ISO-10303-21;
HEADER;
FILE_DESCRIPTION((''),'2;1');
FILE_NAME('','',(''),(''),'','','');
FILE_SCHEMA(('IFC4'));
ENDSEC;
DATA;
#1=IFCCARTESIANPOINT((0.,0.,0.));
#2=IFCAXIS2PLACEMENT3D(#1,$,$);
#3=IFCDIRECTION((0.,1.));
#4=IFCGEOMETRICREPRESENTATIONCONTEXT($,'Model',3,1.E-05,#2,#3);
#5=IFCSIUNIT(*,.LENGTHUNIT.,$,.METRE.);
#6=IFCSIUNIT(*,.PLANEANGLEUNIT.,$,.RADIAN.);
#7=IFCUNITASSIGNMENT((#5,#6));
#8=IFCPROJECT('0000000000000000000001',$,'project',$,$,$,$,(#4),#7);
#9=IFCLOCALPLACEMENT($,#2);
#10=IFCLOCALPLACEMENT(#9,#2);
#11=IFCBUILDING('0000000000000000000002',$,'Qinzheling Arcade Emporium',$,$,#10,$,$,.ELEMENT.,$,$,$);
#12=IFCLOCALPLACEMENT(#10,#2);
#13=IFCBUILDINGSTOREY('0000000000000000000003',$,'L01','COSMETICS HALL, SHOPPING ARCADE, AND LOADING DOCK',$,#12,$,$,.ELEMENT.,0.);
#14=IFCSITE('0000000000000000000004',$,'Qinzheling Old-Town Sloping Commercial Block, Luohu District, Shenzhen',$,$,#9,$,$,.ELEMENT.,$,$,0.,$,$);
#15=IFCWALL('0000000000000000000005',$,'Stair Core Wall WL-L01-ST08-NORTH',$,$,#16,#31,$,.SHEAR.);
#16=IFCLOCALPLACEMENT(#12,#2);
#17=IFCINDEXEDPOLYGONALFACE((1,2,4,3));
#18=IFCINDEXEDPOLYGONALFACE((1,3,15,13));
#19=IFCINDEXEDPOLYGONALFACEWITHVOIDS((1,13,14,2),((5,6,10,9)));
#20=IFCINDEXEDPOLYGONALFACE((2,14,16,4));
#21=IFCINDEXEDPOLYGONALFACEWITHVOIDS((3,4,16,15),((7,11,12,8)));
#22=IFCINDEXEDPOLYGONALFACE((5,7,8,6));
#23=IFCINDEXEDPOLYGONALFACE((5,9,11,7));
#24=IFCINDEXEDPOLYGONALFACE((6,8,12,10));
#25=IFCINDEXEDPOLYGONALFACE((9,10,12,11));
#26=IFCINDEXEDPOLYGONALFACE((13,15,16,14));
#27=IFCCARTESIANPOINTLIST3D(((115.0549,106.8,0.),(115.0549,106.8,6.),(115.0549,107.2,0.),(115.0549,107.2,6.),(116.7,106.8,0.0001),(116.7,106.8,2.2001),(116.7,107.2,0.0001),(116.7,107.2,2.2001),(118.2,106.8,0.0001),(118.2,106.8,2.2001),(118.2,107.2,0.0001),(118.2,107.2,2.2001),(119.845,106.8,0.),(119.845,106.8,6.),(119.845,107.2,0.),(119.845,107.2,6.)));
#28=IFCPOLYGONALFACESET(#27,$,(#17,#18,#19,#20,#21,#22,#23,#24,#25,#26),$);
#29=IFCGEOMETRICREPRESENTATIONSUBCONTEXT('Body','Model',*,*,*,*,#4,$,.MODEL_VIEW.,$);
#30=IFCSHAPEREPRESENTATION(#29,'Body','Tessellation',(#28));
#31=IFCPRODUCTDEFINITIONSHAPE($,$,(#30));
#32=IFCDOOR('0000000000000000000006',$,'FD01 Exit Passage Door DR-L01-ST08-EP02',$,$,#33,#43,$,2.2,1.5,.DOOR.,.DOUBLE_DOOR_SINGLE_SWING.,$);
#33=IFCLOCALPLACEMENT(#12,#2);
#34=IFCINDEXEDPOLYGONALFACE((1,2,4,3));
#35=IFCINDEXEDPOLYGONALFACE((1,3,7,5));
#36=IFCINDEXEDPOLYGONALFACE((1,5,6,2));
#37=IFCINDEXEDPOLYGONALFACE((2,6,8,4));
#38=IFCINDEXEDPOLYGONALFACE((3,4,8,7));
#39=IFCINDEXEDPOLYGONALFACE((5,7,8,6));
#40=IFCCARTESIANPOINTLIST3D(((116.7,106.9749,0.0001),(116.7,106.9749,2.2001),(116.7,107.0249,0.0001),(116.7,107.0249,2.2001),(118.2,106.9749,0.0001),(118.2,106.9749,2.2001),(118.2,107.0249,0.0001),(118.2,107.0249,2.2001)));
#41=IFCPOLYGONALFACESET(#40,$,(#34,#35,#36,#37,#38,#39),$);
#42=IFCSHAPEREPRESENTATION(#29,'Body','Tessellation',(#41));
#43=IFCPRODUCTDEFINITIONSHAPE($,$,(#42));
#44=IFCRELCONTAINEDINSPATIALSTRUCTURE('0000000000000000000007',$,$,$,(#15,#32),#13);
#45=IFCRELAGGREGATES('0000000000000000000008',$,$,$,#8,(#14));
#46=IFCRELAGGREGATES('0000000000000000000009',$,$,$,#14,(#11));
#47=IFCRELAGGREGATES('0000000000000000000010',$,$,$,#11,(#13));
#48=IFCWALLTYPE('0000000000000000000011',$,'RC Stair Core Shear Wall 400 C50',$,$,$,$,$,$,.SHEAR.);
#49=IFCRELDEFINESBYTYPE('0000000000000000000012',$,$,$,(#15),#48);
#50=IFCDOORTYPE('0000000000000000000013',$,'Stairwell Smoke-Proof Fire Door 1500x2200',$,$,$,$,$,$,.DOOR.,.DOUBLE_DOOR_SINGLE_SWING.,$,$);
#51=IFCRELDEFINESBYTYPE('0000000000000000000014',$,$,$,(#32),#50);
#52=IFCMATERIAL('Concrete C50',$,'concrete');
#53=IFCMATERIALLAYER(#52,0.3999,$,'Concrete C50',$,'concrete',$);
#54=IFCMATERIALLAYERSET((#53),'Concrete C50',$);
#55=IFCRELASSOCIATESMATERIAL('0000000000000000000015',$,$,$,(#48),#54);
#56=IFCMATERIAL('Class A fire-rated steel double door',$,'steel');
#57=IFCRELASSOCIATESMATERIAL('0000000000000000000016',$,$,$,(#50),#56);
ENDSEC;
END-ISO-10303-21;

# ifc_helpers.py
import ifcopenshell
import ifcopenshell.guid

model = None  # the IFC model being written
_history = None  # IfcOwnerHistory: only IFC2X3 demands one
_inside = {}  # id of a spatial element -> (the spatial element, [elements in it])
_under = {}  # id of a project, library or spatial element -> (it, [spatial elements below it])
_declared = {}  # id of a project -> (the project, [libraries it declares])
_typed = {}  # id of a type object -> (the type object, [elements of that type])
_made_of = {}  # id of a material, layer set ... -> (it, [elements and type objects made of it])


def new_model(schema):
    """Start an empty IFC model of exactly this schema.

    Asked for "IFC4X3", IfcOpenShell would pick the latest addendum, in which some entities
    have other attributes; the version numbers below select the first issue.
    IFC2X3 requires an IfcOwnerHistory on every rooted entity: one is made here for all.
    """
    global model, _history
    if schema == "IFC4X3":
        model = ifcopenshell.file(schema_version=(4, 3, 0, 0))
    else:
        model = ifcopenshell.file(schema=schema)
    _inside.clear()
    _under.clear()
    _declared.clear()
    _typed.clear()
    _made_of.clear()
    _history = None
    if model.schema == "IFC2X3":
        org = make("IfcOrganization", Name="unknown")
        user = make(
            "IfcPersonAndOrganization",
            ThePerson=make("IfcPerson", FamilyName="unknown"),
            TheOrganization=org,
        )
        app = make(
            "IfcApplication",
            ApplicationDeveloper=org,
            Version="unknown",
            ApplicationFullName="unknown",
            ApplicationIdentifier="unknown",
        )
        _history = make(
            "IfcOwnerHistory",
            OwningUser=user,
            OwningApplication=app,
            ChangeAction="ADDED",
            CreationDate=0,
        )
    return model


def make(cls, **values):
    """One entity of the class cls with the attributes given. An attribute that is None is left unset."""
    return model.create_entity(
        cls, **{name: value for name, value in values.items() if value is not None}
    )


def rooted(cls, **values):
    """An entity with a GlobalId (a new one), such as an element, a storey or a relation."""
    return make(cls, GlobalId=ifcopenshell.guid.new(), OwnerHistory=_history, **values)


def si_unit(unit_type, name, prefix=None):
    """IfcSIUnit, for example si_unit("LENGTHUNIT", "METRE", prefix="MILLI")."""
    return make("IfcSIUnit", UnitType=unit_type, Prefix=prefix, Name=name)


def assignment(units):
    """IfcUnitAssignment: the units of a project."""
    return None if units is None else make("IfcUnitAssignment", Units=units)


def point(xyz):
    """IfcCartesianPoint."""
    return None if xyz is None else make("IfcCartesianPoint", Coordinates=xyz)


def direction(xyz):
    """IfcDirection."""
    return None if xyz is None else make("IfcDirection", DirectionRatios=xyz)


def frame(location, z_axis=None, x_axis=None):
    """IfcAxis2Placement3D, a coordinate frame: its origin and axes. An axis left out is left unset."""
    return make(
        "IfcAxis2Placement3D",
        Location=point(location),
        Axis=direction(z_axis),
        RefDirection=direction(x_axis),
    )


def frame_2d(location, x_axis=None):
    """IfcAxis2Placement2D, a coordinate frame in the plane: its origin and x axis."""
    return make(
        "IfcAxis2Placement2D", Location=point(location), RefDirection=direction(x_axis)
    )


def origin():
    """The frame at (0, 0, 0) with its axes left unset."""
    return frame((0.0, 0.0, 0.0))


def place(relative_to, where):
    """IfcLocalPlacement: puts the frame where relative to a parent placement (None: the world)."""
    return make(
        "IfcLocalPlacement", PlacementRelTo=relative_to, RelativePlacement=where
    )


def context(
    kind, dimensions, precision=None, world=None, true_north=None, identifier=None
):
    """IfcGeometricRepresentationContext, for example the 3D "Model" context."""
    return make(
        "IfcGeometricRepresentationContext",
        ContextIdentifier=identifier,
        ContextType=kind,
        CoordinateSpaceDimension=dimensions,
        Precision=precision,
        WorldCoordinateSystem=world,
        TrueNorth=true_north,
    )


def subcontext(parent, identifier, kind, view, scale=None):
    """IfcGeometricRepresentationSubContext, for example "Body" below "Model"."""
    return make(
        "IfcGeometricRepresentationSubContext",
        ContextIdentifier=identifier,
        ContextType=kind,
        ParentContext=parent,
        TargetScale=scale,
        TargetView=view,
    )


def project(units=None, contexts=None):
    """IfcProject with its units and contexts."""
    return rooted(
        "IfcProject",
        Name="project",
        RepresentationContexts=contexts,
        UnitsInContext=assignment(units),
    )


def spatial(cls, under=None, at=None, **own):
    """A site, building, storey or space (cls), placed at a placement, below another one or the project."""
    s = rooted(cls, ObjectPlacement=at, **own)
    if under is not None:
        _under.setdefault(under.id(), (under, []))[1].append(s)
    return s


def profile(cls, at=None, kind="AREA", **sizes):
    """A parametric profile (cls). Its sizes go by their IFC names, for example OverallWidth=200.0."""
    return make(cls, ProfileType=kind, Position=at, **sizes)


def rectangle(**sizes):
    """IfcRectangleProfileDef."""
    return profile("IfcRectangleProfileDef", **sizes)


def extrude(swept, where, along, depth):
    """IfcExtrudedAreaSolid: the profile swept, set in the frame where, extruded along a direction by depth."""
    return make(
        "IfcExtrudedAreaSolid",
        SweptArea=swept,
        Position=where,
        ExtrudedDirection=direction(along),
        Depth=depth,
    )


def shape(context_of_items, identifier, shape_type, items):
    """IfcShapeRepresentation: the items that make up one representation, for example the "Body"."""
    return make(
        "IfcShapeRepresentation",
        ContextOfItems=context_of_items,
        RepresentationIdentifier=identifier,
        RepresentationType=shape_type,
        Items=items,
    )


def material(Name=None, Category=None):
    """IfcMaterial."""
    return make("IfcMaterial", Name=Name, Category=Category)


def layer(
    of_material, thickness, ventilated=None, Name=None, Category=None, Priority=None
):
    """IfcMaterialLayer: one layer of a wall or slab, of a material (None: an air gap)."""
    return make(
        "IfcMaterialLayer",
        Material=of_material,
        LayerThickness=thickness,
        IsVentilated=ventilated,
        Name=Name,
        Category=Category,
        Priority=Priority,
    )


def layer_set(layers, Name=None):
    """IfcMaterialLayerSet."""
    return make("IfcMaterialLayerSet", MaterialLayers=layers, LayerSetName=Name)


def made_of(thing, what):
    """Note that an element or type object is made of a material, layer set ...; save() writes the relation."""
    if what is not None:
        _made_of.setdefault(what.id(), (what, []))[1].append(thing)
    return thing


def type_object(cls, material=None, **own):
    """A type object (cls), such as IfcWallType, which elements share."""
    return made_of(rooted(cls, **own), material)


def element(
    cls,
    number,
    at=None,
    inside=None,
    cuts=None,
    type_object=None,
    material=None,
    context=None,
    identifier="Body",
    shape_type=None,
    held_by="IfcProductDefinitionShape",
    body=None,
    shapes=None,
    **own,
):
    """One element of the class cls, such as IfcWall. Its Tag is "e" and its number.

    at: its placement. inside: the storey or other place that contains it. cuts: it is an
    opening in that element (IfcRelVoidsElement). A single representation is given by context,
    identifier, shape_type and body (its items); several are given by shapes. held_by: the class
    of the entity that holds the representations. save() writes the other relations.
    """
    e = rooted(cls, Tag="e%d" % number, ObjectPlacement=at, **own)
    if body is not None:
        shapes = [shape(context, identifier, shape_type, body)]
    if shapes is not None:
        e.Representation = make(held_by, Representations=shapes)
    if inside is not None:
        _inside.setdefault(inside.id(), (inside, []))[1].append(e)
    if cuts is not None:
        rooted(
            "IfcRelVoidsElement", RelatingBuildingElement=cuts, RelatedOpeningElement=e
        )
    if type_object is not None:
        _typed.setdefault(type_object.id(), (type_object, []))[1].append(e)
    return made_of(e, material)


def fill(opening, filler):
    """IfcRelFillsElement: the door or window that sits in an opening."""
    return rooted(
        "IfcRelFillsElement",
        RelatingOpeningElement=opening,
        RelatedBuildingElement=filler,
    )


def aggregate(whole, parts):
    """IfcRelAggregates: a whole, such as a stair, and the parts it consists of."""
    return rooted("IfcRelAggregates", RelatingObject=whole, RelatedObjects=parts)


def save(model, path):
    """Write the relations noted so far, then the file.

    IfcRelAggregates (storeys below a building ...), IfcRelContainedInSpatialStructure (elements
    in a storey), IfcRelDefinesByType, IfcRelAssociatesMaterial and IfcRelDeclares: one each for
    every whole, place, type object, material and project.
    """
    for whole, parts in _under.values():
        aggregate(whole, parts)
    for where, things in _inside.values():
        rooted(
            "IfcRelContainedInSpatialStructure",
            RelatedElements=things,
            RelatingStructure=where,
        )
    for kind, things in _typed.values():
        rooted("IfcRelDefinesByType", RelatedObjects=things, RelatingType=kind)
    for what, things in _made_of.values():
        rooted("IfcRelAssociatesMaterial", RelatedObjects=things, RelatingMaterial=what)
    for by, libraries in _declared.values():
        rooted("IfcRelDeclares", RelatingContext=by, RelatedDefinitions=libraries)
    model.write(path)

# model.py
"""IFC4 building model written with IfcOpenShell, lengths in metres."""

from ifc_helpers import new_model, si_unit, direction, frame, frame_2d, origin, place, context, subcontext, project, spatial, rectangle, extrude, material, layer, layer_set, type_object, element, fill, save


model = new_model("IFC4")

# Units and contexts
model_context = context("Model", 3, precision=1e-05, world=origin(), true_north=direction((0.0, 1.0)))
body_context = subcontext(model_context, "Body", "Model", "MODEL_VIEW")
ifc_project = project(units=[si_unit("LENGTHUNIT", "METRE"), si_unit("PLANEANGLEUNIT", "RADIAN")], contexts=[model_context])

# Site, building, storey
site_placement = place(None, origin())
site = spatial("IfcSite", under=ifc_project, at=site_placement, Name="Qinzheling Old-Town Sloping Commercial Block, Luohu District, Shenzhen", CompositionType="ELEMENT", RefElevation=0.0)
building_placement = place(site_placement, origin())
building = spatial("IfcBuilding", under=site, at=building_placement, Name="Qinzheling Arcade Emporium", CompositionType="ELEMENT")
storey_placement = place(building_placement, origin())
storey = spatial("IfcBuildingStorey", under=building, at=storey_placement, Name="L01", Description="COSMETICS HALL, SHOPPING ARCADE, AND LOADING DOCK", CompositionType="ELEMENT", Elevation=0.0)

# Shared definitions
ifc_material_1 = material(Name="Concrete C50", Category="concrete")

# Wall, opening, door
ifc_layer_1 = layer(ifc_material_1, 0.3999, Name="Concrete C50", Category="concrete")
ifc_layer_set_1 = layer_set([ifc_layer_1], Name="Concrete C50")
wall_type_1 = type_object("IfcWallType", Name="RC Stair Core Shear Wall 400 C50", PredefinedType="SHEAR", material=ifc_layer_set_1)
wall_1_placement = place(storey_placement, frame((115.0549, 107.0, 0.0), z_axis=(0.0, 0.0, 1.0), x_axis=(1.0, 0.0, 0.0)))
wall_1 = element("IfcWall", 1, at=wall_1_placement, inside=storey, type_object=wall_type_1, Name="Stair Core Wall WL-L01-ST08-NORTH", PredefinedType="SHEAR", context=body_context, shape_type="SweptSolid", body=[
    extrude(rectangle(XDim=4.79, YDim=0.3999, at=frame_2d((2.395, 0.0))), origin(), (0.0, 0.0, 1.0), 6.0),
])
opening_1_placement = place(wall_1_placement, frame((1.645, 0.0, 0.0)))
opening_1 = element("IfcOpeningElement", 2, at=opening_1_placement, cuts=wall_1, PredefinedType="OPENING", context=body_context, shape_type="SweptSolid", body=[
    extrude(rectangle(XDim=1.5, YDim=2.2, at=frame_2d((0.75, 1.1001))), frame((0.0, 0.21, 0.0), z_axis=(0.0, -1.0, 0.0), x_axis=(1.0, 0.0, 0.0)), (0.0, 0.0, 1.0), 0.4199),
])
ifc_material_2 = material(Name="Class A fire-rated steel double door", Category="steel")
door_type_1 = type_object("IfcDoorType", Name="Stairwell Smoke-Proof Fire Door 1500x2200", OperationType="DOUBLE_DOOR_SINGLE_SWING", PredefinedType="DOOR", material=ifc_material_2)
door_1_placement = place(opening_1_placement, origin())
door_1 = element("IfcDoor", 3, at=door_1_placement, inside=storey, type_object=door_type_1, Name="FD01 Exit Passage Door DR-L01-ST08-EP02", OperationType="DOUBLE_DOOR_SINGLE_SWING", OverallHeight=2.2, OverallWidth=1.5, PredefinedType="DOOR", context=body_context, shape_type="SweptSolid", body=[
    extrude(rectangle(XDim=1.5, YDim=2.2, at=frame_2d((0.75, 1.1001))), frame((0.0, 0.0249, 0.0), z_axis=(0.0, -1.0, 0.0), x_axis=(1.0, 0.0, 0.0)), (0.0, 0.0, 1.0), 0.05),
])
fill(opening_1, door_1)

save(model, "model.ifc")
